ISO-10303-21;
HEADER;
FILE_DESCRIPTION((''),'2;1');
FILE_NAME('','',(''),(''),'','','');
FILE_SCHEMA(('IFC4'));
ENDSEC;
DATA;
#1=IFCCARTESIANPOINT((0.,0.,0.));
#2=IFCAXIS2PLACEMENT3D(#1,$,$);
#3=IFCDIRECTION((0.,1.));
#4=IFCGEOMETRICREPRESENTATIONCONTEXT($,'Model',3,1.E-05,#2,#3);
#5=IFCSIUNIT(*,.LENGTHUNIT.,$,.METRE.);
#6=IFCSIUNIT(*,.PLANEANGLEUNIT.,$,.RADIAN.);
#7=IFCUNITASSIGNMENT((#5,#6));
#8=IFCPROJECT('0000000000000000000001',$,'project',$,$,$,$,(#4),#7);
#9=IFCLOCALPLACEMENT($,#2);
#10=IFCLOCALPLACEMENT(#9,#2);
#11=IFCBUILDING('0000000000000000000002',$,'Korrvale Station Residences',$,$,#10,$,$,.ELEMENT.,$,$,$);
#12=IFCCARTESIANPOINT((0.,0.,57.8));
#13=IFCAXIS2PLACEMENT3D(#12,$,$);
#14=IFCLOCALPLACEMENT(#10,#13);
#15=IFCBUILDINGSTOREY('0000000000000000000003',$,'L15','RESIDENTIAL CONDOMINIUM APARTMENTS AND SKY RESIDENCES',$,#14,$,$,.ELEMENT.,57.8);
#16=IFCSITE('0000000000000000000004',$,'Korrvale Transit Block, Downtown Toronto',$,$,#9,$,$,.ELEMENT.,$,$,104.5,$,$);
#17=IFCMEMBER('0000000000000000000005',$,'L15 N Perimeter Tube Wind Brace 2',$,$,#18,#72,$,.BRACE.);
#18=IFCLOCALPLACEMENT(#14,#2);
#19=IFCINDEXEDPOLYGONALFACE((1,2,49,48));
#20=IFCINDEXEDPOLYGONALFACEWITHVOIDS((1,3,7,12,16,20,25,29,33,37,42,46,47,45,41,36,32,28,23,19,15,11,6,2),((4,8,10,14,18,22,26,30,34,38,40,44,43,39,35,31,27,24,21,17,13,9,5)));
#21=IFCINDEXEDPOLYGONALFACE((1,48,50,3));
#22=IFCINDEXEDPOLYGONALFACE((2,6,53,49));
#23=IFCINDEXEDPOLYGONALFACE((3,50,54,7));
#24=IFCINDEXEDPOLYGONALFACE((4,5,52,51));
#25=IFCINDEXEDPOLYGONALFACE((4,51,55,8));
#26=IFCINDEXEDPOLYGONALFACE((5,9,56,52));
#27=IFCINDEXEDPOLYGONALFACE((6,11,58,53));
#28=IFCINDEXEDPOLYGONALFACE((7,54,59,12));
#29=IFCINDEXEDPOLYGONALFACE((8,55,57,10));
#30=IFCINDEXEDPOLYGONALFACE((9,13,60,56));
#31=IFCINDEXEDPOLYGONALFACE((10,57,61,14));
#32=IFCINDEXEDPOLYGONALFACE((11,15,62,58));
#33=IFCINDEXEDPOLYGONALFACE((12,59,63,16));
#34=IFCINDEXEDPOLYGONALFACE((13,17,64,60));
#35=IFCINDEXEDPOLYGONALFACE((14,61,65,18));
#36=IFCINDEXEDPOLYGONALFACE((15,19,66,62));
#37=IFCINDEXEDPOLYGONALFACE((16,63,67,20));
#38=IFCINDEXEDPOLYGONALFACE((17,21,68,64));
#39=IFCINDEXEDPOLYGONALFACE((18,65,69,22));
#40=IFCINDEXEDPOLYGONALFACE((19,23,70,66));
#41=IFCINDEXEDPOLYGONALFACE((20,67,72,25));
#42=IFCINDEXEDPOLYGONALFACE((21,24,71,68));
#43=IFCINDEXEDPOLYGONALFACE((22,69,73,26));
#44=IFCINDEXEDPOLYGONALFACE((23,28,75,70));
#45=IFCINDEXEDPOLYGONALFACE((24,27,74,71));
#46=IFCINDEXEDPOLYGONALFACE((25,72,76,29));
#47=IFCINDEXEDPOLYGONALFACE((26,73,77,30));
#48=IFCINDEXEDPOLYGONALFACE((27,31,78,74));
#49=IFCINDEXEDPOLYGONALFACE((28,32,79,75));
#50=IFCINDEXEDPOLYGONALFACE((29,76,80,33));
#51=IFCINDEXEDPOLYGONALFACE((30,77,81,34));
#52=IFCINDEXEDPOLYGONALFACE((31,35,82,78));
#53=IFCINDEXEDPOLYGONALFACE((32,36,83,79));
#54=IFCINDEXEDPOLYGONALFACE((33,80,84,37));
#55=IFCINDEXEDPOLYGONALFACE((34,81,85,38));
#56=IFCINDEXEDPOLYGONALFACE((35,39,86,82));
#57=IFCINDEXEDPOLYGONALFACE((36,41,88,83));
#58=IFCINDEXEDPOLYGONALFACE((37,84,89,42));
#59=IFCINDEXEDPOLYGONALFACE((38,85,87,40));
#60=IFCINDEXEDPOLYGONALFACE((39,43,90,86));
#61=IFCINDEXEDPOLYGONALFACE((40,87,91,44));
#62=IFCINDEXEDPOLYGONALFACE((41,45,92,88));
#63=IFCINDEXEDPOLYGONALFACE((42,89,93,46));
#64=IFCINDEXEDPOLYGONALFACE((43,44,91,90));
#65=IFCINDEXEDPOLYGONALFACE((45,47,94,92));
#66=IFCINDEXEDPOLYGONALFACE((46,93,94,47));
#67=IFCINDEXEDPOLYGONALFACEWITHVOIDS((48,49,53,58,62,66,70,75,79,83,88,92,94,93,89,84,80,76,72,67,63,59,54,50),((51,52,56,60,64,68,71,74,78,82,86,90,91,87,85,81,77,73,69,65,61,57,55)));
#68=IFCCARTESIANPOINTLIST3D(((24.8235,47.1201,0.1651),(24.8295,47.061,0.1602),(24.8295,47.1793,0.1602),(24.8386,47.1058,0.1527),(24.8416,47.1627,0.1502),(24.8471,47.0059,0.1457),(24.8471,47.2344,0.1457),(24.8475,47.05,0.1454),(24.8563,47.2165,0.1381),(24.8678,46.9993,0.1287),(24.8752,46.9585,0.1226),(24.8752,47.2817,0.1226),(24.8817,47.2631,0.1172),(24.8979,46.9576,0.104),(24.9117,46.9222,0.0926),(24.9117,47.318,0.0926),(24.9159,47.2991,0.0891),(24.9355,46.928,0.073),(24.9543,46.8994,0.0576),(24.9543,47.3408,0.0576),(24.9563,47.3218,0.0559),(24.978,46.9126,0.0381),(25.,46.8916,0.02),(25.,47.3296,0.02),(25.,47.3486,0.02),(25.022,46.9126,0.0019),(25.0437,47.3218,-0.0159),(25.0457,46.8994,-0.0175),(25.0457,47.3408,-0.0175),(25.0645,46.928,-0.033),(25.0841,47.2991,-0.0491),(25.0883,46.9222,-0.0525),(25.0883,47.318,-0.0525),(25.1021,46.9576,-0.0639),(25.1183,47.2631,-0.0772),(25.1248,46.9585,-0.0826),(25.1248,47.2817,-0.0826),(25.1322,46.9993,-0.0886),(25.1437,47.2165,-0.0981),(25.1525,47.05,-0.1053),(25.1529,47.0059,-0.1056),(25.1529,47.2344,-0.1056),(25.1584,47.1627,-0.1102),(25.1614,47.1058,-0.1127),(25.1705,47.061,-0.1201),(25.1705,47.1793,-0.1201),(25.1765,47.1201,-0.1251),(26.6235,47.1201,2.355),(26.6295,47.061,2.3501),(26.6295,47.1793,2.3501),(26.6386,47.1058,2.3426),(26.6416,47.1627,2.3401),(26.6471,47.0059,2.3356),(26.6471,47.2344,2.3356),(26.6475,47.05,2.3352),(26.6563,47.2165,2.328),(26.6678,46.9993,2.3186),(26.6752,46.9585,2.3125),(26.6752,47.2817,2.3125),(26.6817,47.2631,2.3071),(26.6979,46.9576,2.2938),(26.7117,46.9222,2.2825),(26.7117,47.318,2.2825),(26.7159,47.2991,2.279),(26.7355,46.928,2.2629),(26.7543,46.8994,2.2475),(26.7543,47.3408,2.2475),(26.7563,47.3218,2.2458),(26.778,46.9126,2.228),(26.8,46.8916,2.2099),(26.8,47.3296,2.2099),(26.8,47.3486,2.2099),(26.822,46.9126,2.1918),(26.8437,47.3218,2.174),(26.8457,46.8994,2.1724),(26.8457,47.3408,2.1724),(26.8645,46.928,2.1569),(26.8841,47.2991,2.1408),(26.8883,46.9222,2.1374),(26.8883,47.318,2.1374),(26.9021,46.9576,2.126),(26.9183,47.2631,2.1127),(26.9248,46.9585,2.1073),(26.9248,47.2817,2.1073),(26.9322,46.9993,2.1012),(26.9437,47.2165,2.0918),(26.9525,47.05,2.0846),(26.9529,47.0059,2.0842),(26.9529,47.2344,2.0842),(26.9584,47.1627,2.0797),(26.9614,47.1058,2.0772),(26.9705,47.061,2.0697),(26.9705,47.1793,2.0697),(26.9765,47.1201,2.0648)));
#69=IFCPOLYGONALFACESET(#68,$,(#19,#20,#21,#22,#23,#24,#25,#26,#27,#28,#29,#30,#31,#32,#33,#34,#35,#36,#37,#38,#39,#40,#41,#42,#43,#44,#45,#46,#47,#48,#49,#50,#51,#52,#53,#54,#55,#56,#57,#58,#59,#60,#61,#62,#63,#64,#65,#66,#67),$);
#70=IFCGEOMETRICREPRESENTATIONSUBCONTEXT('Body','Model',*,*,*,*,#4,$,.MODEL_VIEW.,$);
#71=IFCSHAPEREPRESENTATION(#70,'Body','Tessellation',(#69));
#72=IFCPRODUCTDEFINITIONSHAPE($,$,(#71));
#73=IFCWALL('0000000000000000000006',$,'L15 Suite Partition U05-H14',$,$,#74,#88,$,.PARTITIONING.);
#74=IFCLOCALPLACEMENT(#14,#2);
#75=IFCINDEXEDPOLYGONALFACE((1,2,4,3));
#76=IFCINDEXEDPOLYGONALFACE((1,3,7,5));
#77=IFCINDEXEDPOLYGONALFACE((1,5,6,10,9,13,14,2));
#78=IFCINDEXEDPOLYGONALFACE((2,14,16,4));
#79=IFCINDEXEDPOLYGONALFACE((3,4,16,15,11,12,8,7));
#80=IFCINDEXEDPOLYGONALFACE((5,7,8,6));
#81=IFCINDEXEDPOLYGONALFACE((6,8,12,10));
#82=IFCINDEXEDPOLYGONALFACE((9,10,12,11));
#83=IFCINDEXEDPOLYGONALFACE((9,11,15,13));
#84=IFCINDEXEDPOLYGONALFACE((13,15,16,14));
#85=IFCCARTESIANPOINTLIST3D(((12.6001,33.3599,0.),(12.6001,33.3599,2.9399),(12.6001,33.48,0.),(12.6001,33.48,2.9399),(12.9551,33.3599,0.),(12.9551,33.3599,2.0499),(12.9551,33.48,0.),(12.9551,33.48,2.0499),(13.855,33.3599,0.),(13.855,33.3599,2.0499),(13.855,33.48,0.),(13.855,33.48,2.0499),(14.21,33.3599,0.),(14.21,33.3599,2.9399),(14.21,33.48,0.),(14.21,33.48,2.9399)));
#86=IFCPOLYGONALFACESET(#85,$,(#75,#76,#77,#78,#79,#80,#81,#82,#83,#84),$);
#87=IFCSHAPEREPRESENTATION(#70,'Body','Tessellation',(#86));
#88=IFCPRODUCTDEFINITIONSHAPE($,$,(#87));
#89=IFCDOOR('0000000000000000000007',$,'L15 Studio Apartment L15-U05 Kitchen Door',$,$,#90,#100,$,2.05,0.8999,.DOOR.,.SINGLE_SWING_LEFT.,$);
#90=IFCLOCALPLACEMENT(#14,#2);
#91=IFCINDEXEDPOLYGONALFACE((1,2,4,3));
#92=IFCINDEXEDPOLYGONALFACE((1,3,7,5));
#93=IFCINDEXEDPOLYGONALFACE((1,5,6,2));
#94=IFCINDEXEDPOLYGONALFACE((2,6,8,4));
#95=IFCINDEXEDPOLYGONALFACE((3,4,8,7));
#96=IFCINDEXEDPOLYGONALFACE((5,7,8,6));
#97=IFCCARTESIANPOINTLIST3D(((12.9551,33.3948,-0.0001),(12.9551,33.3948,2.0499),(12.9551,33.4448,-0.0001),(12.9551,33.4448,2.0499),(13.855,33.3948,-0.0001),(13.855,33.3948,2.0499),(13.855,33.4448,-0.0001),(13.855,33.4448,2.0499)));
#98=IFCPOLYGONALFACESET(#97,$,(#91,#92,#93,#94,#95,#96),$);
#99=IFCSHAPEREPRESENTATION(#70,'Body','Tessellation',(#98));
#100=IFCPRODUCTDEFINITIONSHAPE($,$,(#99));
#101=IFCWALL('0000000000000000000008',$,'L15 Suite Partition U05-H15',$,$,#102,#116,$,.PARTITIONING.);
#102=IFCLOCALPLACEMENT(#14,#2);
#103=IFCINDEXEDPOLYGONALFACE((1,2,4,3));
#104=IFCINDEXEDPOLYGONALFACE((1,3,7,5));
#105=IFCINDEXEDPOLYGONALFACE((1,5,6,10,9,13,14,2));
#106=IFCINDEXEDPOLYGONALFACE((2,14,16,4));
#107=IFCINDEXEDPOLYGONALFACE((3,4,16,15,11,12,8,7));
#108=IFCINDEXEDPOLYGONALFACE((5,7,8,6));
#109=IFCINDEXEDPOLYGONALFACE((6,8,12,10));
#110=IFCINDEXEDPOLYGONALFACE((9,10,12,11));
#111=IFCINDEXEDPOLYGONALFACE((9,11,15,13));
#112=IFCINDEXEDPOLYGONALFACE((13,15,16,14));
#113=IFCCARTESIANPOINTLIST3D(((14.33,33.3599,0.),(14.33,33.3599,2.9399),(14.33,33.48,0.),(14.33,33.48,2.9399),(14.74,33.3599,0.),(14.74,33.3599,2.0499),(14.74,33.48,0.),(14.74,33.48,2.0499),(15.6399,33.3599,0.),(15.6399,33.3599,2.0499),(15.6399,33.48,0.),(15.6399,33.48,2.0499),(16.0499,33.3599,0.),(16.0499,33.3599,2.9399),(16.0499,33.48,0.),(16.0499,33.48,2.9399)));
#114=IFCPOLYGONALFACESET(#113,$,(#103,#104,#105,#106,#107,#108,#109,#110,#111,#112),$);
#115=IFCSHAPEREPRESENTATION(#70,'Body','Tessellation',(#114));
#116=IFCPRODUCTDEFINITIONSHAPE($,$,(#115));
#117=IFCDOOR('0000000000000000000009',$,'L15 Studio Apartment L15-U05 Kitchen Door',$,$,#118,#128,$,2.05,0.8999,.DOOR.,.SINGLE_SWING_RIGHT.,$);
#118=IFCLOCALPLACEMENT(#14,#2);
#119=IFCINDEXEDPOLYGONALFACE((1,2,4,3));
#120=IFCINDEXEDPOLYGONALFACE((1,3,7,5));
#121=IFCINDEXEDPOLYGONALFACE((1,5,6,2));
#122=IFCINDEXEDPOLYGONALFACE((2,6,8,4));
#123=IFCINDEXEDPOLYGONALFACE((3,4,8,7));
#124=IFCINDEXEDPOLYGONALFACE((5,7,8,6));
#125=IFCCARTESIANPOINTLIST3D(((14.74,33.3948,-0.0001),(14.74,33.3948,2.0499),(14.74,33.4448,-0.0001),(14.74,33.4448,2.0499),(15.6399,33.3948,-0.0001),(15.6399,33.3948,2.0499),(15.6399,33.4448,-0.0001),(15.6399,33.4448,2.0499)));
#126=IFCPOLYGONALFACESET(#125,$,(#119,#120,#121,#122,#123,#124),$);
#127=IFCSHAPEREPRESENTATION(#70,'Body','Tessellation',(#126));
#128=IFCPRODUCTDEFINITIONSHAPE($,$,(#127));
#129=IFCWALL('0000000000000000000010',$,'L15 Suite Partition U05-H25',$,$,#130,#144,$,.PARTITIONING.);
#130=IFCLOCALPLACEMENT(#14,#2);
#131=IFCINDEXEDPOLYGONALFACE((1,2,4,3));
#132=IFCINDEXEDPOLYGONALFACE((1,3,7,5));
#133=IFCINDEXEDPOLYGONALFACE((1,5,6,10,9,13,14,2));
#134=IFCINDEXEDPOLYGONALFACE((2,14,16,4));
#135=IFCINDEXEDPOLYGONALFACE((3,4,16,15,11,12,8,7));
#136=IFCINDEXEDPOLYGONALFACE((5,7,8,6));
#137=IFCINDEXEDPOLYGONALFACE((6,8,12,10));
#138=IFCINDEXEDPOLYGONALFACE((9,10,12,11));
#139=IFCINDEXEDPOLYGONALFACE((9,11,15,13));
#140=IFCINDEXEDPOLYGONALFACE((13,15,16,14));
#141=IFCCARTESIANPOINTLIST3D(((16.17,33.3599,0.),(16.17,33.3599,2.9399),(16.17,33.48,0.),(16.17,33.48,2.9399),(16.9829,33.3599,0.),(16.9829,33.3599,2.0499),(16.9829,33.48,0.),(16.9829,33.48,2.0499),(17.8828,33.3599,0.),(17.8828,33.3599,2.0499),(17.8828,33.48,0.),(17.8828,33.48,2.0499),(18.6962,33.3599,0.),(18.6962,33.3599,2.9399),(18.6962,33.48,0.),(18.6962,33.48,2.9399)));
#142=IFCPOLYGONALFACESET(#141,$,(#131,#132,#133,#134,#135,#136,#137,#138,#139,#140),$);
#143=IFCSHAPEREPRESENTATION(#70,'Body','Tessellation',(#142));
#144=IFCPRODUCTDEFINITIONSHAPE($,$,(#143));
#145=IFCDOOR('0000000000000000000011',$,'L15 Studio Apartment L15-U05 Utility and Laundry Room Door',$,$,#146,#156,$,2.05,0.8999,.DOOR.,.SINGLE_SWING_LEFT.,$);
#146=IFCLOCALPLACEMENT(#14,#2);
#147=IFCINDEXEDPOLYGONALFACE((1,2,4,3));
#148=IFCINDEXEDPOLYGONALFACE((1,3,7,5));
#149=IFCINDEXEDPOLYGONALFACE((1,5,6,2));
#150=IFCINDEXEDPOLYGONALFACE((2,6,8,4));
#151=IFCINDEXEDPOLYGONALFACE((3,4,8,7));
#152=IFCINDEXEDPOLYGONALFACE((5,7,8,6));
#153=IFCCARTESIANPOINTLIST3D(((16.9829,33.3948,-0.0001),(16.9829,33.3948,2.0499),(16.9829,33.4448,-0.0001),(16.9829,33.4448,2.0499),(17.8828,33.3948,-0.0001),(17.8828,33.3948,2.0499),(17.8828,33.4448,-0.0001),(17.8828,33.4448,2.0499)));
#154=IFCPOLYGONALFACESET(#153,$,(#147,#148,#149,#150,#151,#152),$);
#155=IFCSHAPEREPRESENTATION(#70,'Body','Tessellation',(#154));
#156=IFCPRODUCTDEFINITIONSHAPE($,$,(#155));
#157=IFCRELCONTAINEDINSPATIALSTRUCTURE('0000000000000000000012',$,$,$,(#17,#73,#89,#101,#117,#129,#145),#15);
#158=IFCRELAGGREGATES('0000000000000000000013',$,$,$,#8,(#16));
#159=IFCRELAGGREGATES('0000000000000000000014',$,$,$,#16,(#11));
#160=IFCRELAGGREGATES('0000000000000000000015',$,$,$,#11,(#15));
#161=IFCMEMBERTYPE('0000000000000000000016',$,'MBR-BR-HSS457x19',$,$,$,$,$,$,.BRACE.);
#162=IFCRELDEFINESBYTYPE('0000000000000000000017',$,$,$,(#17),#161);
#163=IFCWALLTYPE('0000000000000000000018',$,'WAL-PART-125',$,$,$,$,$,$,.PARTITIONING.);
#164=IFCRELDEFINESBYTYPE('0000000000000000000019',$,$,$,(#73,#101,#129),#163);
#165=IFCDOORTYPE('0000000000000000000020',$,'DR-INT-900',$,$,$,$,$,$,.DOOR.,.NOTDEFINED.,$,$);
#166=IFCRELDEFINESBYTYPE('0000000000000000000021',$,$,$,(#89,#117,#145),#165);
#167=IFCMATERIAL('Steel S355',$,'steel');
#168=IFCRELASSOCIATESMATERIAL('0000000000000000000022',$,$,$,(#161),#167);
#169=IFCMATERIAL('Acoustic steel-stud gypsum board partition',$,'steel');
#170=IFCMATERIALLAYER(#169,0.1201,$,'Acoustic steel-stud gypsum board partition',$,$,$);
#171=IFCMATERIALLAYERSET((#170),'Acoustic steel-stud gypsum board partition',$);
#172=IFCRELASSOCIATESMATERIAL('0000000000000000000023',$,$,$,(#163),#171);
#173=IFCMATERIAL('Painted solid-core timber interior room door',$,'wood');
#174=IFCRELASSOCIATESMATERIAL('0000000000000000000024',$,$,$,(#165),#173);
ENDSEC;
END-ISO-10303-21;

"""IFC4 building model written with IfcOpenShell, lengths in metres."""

from ifc_helpers import new_model, si_unit, direction, frame, frame_2d, origin, origin_2d, place, context, subcontext, project, spatial, rectangle, hollow_circle, extrude, material, layer, layer_set, material_profile, profile_set, type_object, element, fill, save


model = new_model("IFC4")

# Units and contexts
model_context = context("Model", 3, precision=1e-05, world=origin(), true_north=direction((0.0, 1.0)))
body_context = subcontext(model_context, "Body", "Model", "MODEL_VIEW")
ifc_project = project(units=[si_unit("LENGTHUNIT", "METRE"), si_unit("PLANEANGLEUNIT", "RADIAN")], contexts=[model_context])

# Site, building, storey
site_placement = place(None, origin())
site = spatial("IfcSite", under=ifc_project, at=site_placement, Name="Korrvale Transit Block, Downtown Toronto", CompositionType="ELEMENT", RefElevation=104.5)
building_placement = place(site_placement, origin())
building = spatial("IfcBuilding", under=site, at=building_placement, Name="Korrvale Station Residences", CompositionType="ELEMENT")
storey_placement = place(building_placement, frame((0.0, 0.0, 57.8)))
storey = spatial("IfcBuildingStorey", under=building, at=storey_placement, Name="L15", Description="RESIDENTIAL CONDOMINIUM APARTMENTS AND SKY RESIDENCES", CompositionType="ELEMENT", Elevation=57.8)

# Shared definitions
ifc_material_1 = material(Name="Steel S355", Category="steel")

# Member
ifc_material_profile_1 = material_profile(ifc_material_1, hollow_circle(Radius=0.2285, WallThickness=0.019, at=origin_2d()), Name="HSS457x19")
ifc_profile_set_1 = profile_set([ifc_material_profile_1], Name="Steel S355")
member_type = type_object("IfcMemberType", Name="MBR-BR-HSS457x19", PredefinedType="BRACE", material=ifc_profile_set_1)
for number, where, z_axis, x_axis, name in (
    (1, (25.0, 47.1201, 0.02), (0.634985, 0.0, 0.772524), (0.0, 1.0, 0.0), "L15 N Perimeter Tube Wind Brace 2"),
):
    element("IfcMember", number, at=place(storey_placement, frame(where, z_axis=z_axis, x_axis=x_axis)), inside=storey, type_object=member_type, Name=name, PredefinedType="BRACE", context=body_context, shape_type="SweptSolid", body=[
        extrude(hollow_circle(Radius=0.2285, WallThickness=0.019, at=origin_2d()), origin(), (0.0, 0.0, 1.0), 2.8347),
    ])

# Walls, openings, doors
ifc_material_2 = material(Name="Acoustic steel-stud gypsum board partition", Category="steel")
ifc_layer_1 = layer(ifc_material_2, 0.1201, Name="Acoustic steel-stud gypsum board partition")
ifc_layer_set_1 = layer_set([ifc_layer_1], Name="Acoustic steel-stud gypsum board partition")
wall_type_1 = type_object("IfcWallType", Name="WAL-PART-125", PredefinedType="PARTITIONING", material=ifc_layer_set_1)
wall_1_placement = place(storey_placement, frame((12.6001, 33.4199, 0.0), z_axis=(0.0, 0.0, 1.0), x_axis=(1.0, 0.0, 0.0)))
wall_1 = element("IfcWall", 2, at=wall_1_placement, inside=storey, type_object=wall_type_1, Name="L15 Suite Partition U05-H14", PredefinedType="PARTITIONING", context=body_context, shape_type="SweptSolid", body=[
    extrude(rectangle(XDim=1.6099, YDim=0.1201, at=frame_2d((0.8049, 0.0))), origin(), (0.0, 0.0, 1.0), 2.9399),
])
opening_1_placement = place(wall_1_placement, frame((0.355, 0.0, 0.0)))
opening_1 = element("IfcOpeningElement", 3, at=opening_1_placement, cuts=wall_1, PredefinedType="OPENING", context=body_context, shape_type="SweptSolid", body=[
    extrude(rectangle(XDim=0.8999, YDim=2.05, at=frame_2d((0.45, 1.0249))), frame((0.0, 0.0701, 0.0), z_axis=(0.0, -1.0, 0.0), x_axis=(1.0, 0.0, 0.0)), (0.0, 0.0, 1.0), 0.1401),
])
ifc_material_3 = material(Name="Painted solid-core timber interior room door", Category="wood")
door_type_1 = type_object("IfcDoorType", Name="DR-INT-900", OperationType="NOTDEFINED", PredefinedType="DOOR", material=ifc_material_3)
door_1_placement = place(opening_1_placement, origin())
door_1 = element("IfcDoor", 4, at=door_1_placement, inside=storey, type_object=door_type_1, Name="L15 Studio Apartment L15-U05 Kitchen Door", OperationType="SINGLE_SWING_LEFT", OverallHeight=2.05, OverallWidth=0.8999, PredefinedType="DOOR", context=body_context, shape_type="SweptSolid", body=[
    extrude(rectangle(XDim=0.8999, YDim=2.05, at=frame_2d((0.45, 1.0249))), frame((0.0, 0.0249, 0.0), z_axis=(0.0, -1.0, 0.0), x_axis=(1.0, 0.0, 0.0)), (0.0, 0.0, 1.0), 0.05),
])
fill(opening_1, door_1)
wall_2_placement = place(storey_placement, frame((14.3301, 33.4199, 0.0), z_axis=(0.0, 0.0, 1.0), x_axis=(1.0, 0.0, 0.0)))
wall_2 = element("IfcWall", 5, at=wall_2_placement, inside=storey, type_object=wall_type_1, Name="L15 Suite Partition U05-H15", PredefinedType="PARTITIONING", context=body_context, shape_type="SweptSolid", body=[
    extrude(rectangle(XDim=1.72, YDim=0.1201, at=frame_2d((0.8599, 0.0))), origin(), (0.0, 0.0, 1.0), 2.9399),
])
opening_2_placement = place(wall_2_placement, frame((0.4099, 0.0, 0.0)))
opening_2 = element("IfcOpeningElement", 6, at=opening_2_placement, cuts=wall_2, PredefinedType="OPENING", context=body_context, shape_type="SweptSolid", body=[
    extrude(rectangle(XDim=0.8999, YDim=2.05, at=frame_2d((0.45, 1.0249))), frame((0.0, 0.0701, 0.0), z_axis=(0.0, -1.0, 0.0), x_axis=(1.0, 0.0, 0.0)), (0.0, 0.0, 1.0), 0.1401),
])
door_2_placement = place(opening_2_placement, origin())
door_2 = element("IfcDoor", 7, at=door_2_placement, inside=storey, type_object=door_type_1, Name="L15 Studio Apartment L15-U05 Kitchen Door", OperationType="SINGLE_SWING_RIGHT", OverallHeight=2.05, OverallWidth=0.8999, PredefinedType="DOOR", context=body_context, shape_type="SweptSolid", body=[
    extrude(rectangle(XDim=0.8999, YDim=2.05, at=frame_2d((0.45, 1.0249))), frame((0.0, 0.0249, 0.0), z_axis=(0.0, -1.0, 0.0), x_axis=(1.0, 0.0, 0.0)), (0.0, 0.0, 1.0), 0.05),
])
fill(opening_2, door_2)
wall_3_placement = place(storey_placement, frame((16.1699, 33.4199, 0.0), z_axis=(0.0, 0.0, 1.0), x_axis=(1.0, 0.0, 0.0)))
wall_3 = element("IfcWall", 8, at=wall_3_placement, inside=storey, type_object=wall_type_1, Name="L15 Suite Partition U05-H25", PredefinedType="PARTITIONING", context=body_context, shape_type="SweptSolid", body=[
    extrude(rectangle(XDim=2.5261, YDim=0.1201, at=frame_2d((1.2632, 0.0))), origin(), (0.0, 0.0, 1.0), 2.9399),
])
opening_3_placement = place(wall_3_placement, frame((0.813, 0.0, 0.0)))
opening_3 = element("IfcOpeningElement", 9, at=opening_3_placement, cuts=wall_3, PredefinedType="OPENING", context=body_context, shape_type="SweptSolid", body=[
    extrude(rectangle(XDim=0.8999, YDim=2.05, at=frame_2d((0.45, 1.0249))), frame((0.0, 0.0701, 0.0), z_axis=(0.0, -1.0, 0.0), x_axis=(1.0, 0.0, 0.0)), (0.0, 0.0, 1.0), 0.1401),
])
door_3_placement = place(opening_3_placement, origin())
door_3 = element("IfcDoor", 10, at=door_3_placement, inside=storey, type_object=door_type_1, Name="L15 Studio Apartment L15-U05 Utility and Laundry Room Door", OperationType="SINGLE_SWING_LEFT", OverallHeight=2.05, OverallWidth=0.8999, PredefinedType="DOOR", context=body_context, shape_type="SweptSolid", body=[
    extrude(rectangle(XDim=0.8999, YDim=2.05, at=frame_2d((0.45, 1.0249))), frame((0.0, 0.0249, 0.0), z_axis=(0.0, -1.0, 0.0), x_axis=(1.0, 0.0, 0.0)), (0.0, 0.0, 1.0), 0.05),
])
fill(opening_3, door_3)

save(model, "model.ifc")
